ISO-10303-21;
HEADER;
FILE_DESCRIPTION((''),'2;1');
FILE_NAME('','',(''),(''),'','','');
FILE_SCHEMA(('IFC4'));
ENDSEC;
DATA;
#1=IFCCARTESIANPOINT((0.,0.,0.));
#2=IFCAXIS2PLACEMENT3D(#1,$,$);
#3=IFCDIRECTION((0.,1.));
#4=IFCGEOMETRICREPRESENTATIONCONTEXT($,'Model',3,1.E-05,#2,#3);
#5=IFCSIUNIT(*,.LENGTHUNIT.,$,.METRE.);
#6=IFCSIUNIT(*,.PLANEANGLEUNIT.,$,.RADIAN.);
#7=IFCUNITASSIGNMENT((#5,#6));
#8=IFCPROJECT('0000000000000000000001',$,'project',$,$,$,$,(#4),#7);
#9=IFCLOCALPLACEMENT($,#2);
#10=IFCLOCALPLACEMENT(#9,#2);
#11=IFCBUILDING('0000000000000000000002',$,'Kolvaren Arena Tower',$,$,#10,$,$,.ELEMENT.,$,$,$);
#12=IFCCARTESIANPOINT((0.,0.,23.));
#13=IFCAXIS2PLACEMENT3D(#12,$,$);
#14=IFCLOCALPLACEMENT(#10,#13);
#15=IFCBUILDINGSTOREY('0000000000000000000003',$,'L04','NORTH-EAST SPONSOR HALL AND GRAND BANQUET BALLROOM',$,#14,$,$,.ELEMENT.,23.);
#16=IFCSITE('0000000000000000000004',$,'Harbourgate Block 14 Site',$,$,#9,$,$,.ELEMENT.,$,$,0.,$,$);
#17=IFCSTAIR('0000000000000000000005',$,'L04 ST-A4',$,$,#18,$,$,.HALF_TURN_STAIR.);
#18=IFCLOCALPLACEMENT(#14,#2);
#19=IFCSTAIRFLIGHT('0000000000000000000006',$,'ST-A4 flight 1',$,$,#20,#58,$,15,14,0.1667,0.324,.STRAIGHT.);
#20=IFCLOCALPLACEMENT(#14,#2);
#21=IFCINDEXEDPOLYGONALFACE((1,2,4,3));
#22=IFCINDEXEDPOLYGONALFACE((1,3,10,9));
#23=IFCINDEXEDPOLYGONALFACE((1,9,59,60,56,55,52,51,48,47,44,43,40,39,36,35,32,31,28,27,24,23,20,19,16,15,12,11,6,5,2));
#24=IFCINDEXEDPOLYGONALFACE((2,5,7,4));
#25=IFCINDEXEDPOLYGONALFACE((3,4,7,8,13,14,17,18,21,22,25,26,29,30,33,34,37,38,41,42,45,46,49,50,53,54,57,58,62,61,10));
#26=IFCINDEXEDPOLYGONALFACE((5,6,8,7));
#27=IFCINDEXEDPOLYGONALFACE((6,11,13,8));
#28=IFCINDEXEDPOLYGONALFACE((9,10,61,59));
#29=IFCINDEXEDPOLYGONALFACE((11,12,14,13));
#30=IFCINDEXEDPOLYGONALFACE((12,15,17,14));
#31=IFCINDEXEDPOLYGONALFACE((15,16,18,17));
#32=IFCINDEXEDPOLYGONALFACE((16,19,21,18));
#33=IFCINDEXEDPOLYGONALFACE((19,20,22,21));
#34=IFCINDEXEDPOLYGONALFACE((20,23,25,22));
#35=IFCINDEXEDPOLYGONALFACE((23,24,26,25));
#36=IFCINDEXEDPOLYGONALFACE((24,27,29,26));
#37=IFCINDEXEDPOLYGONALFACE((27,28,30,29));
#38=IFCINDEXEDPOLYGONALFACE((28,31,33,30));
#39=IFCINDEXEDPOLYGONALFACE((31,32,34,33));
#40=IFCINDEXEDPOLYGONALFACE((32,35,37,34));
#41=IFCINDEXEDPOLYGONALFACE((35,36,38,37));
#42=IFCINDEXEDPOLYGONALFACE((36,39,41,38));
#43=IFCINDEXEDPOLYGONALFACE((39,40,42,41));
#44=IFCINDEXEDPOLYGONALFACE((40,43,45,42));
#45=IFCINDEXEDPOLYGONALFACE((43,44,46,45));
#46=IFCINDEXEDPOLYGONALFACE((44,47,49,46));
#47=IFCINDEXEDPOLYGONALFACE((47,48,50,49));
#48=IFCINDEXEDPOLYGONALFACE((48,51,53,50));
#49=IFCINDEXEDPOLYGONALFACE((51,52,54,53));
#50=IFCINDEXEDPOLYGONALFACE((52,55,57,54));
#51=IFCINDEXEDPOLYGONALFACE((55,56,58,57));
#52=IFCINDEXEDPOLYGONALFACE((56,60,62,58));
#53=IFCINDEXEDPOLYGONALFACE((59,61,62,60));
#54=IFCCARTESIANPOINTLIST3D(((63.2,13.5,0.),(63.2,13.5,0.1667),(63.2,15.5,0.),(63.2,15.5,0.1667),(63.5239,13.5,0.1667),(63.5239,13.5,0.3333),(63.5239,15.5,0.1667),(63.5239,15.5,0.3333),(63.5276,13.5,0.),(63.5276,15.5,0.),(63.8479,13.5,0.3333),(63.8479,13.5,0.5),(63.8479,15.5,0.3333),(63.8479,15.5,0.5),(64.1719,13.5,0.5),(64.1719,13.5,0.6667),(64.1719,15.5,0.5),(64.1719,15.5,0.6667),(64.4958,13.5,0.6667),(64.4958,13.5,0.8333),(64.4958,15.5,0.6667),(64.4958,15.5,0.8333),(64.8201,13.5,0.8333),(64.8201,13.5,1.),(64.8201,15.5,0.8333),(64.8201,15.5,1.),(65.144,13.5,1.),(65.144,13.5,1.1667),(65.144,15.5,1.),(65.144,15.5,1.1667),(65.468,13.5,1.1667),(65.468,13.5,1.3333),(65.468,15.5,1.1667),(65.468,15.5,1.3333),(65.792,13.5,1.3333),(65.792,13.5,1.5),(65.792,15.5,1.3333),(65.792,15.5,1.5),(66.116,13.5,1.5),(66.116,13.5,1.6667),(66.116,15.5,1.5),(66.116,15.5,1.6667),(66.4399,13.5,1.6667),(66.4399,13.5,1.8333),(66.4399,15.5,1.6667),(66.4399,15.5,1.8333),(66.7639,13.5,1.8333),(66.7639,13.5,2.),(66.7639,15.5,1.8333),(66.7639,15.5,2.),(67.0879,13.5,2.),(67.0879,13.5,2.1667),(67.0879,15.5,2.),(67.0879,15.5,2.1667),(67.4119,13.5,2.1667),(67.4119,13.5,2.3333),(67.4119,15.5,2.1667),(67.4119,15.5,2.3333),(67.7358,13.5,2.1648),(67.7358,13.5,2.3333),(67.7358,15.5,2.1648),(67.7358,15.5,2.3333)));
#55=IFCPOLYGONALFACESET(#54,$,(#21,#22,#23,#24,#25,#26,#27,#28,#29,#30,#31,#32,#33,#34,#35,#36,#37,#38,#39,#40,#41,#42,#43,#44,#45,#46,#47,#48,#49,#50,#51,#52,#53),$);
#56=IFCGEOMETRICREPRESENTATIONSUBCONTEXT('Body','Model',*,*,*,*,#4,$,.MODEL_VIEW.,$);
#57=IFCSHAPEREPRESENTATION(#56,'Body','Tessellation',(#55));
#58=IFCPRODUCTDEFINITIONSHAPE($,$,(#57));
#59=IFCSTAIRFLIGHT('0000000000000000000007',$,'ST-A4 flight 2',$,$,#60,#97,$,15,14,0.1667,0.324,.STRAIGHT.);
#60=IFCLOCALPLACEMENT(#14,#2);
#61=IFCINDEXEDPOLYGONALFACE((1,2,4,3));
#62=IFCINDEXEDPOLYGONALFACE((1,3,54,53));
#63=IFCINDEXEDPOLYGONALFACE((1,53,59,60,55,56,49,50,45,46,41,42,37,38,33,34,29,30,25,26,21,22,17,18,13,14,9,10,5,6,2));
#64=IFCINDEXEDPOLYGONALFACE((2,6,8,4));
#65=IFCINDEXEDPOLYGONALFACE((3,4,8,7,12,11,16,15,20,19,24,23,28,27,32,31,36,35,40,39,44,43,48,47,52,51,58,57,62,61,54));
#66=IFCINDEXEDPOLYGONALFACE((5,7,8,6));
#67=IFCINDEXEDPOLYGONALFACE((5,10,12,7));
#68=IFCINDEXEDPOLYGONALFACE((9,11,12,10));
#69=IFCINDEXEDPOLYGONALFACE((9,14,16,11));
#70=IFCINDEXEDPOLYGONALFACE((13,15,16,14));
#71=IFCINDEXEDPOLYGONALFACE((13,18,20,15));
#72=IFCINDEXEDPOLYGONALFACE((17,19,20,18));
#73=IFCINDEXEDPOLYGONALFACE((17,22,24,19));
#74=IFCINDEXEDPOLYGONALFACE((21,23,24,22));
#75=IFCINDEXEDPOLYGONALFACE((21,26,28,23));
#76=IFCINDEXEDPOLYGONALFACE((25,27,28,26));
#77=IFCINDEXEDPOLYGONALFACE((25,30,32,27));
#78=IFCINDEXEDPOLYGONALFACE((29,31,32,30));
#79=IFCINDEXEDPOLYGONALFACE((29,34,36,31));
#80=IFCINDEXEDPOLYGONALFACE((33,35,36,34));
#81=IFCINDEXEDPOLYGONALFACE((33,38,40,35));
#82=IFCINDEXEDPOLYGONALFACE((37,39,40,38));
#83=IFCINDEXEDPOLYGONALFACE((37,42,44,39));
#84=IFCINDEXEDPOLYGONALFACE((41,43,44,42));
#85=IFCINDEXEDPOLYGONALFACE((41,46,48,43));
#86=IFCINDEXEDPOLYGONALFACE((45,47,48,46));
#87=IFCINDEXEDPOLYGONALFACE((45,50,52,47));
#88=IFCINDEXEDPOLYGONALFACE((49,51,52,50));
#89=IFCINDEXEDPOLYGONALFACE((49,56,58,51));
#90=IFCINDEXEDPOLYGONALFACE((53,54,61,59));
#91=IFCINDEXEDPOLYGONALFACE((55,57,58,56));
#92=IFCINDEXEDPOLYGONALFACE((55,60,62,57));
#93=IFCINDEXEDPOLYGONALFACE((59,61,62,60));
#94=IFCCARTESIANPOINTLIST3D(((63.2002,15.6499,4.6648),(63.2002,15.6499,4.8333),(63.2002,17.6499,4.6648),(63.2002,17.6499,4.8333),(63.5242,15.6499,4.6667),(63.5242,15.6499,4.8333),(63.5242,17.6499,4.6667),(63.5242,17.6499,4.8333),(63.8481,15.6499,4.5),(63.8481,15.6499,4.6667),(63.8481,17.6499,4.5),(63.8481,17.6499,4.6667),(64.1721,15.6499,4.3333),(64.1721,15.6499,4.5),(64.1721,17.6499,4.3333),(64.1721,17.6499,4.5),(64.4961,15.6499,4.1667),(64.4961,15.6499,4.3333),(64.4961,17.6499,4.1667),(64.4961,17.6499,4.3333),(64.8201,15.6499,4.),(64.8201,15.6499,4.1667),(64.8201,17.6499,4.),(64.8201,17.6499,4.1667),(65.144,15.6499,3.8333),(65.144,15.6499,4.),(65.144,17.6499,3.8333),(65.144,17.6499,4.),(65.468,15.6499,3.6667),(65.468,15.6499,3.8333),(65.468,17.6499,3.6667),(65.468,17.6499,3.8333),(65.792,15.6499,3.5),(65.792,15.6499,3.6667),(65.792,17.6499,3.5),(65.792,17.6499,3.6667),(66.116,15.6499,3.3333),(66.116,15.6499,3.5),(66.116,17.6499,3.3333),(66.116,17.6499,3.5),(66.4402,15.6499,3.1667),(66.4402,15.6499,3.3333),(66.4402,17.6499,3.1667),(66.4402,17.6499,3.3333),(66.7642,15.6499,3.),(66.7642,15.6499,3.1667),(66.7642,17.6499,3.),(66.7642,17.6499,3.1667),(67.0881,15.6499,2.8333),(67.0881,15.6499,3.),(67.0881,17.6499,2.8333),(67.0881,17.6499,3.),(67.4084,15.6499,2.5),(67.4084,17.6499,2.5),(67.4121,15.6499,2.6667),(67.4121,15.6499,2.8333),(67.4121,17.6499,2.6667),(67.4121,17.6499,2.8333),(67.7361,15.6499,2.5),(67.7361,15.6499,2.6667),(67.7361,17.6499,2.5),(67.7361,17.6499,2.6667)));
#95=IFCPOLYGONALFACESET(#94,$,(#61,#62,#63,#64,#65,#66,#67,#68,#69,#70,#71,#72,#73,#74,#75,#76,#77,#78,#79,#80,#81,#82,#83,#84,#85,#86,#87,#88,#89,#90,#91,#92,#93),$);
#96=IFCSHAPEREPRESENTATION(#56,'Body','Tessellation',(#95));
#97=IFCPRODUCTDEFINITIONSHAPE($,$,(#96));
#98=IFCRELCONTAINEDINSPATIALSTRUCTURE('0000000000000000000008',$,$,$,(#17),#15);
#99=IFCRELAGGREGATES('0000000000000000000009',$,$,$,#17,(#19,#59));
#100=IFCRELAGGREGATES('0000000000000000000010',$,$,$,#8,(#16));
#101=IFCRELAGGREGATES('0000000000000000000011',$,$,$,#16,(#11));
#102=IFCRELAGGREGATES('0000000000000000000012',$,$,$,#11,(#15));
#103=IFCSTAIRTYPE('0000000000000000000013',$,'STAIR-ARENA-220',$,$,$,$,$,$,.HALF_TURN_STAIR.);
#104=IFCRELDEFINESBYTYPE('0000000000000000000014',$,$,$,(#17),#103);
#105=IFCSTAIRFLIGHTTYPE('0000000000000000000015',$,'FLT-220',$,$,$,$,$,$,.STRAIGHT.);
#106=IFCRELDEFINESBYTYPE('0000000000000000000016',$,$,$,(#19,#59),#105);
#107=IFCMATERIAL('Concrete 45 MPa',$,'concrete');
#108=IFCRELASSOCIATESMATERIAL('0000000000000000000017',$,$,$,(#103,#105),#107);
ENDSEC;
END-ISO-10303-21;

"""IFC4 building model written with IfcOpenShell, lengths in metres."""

from ifc_helpers import new_model, si_unit, direction, frame, origin, place, context, subcontext, project, spatial, polyline, outline, extrude, material, type_object, element, aggregate, save


model = new_model("IFC4")

# Units and contexts
model_context = context("Model", 3, precision=1e-05, world=origin(), true_north=direction((0.0, 1.0)))
body_context = subcontext(model_context, "Body", "Model", "MODEL_VIEW")
ifc_project = project(units=[si_unit("LENGTHUNIT", "METRE"), si_unit("PLANEANGLEUNIT", "RADIAN")], contexts=[model_context])

# Site, building, storey
site_placement = place(None, origin())
site = spatial("IfcSite", under=ifc_project, at=site_placement, Name="Harbourgate Block 14 Site", CompositionType="ELEMENT", RefElevation=0.0)
building_placement = place(site_placement, origin())
building = spatial("IfcBuilding", under=site, at=building_placement, Name="Kolvaren Arena Tower", CompositionType="ELEMENT")
storey_placement = place(building_placement, frame((0.0, 0.0, 23.0)))
storey = spatial("IfcBuildingStorey", under=building, at=storey_placement, Name="L04", Description="NORTH-EAST SPONSOR HALL AND GRAND BANQUET BALLROOM", CompositionType="ELEMENT", Elevation=23.0)

# Shared definitions
ifc_material_1 = material(Name="Concrete 45 MPa", Category="concrete")

# Stair, stair flights
stair_type = type_object("IfcStairType", Name="STAIR-ARENA-220", PredefinedType="HALF_TURN_STAIR", material=ifc_material_1)
stair_placement = place(storey_placement, origin())
stair = element("IfcStair", 1, at=stair_placement, inside=storey, type_object=stair_type, Name="L04 ST-A4", PredefinedType="HALF_TURN_STAIR")
stair_flight_type = type_object("IfcStairFlightType", Name="FLT-220", PredefinedType="STRAIGHT", material=ifc_material_1)
stair_flight_1_placement = place(storey_placement, frame((63.2, 14.5, 0.0), z_axis=(0.0, 0.0, 1.0), x_axis=(1.0, 0.0, 0.0)))
stair_flight_1 = element("IfcStairFlight", 2, at=stair_flight_1_placement, type_object=stair_flight_type, Name="ST-A4 flight 1", NumberOfRisers=15, NumberOfTreads=14, PredefinedType="STRAIGHT", RiserHeight=0.1667, TreadLength=0.324, context=body_context, shape_type="SweptSolid", body=[
    extrude(outline(polyline([(0.0, 0.0), (0.0, 0.1667), (0.324, 0.1667), (0.324, 0.3333), (0.6479, 0.3333), (0.6479, 0.5), (0.9719, 0.5), (0.9719, 0.6667), (1.2959, 0.6667), (1.2959, 0.8333), (1.6201, 0.8333), (1.6201, 1.0), (1.9441, 1.0), (1.9441, 1.1667), (2.2681, 1.1667), (2.2681, 1.3333), (2.592, 1.3333), (2.592, 1.5), (2.916, 1.5), (2.916, 1.6667), (3.24, 1.6667), (3.24, 1.8333), (3.564, 1.8333), (3.564, 2.0), (3.8879, 2.0), (3.8879, 2.1667), (4.2119, 2.1667), (4.2119, 2.3333), (4.5359, 2.3333), (4.5359, 2.5), (4.5359, 2.1648), (0.3276, 0.0), (0.0, 0.0)])), frame((0.0, 1.0, 0.0), z_axis=(0.0, -1.0, 0.0), x_axis=(1.0, 0.0, 0.0)), (0.0, 0.0, 1.0), 2.0),
])
stair_flight_2_placement = place(storey_placement, frame((67.7361, 16.6499, 2.5), z_axis=(0.0, 0.0, 1.0), x_axis=(-1.0, 0.0, 0.0)))
stair_flight_2 = element("IfcStairFlight", 3, at=stair_flight_2_placement, type_object=stair_flight_type, Name="ST-A4 flight 2", NumberOfRisers=15, NumberOfTreads=14, PredefinedType="STRAIGHT", RiserHeight=0.1667, TreadLength=0.324, context=body_context, shape_type="SweptSolid", body=[
    extrude(outline(polyline([(0.0, 0.0), (0.0, 0.1667), (0.324, 0.1667), (0.324, 0.3333), (0.6479, 0.3333), (0.6479, 0.5), (0.9719, 0.5), (0.9719, 0.6667), (1.2959, 0.6667), (1.2959, 0.8333), (1.6201, 0.8333), (1.6201, 1.0), (1.9441, 1.0), (1.9441, 1.1667), (2.2681, 1.1667), (2.2681, 1.3333), (2.592, 1.3333), (2.592, 1.5), (2.916, 1.5), (2.916, 1.6667), (3.24, 1.6667), (3.24, 1.8333), (3.564, 1.8333), (3.564, 2.0), (3.8879, 2.0), (3.8879, 2.1667), (4.2119, 2.1667), (4.2119, 2.3333), (4.5359, 2.3333), (4.5359, 2.5), (4.5359, 2.1648), (0.3276, 0.0), (0.0, 0.0)])), frame((0.0, 1.0, 0.0), z_axis=(0.0, -1.0, 0.0), x_axis=(1.0, 0.0, 0.0)), (0.0, 0.0, 1.0), 2.0),
])
aggregate(stair, [stair_flight_1, stair_flight_2])

save(model, "model.ifc")
